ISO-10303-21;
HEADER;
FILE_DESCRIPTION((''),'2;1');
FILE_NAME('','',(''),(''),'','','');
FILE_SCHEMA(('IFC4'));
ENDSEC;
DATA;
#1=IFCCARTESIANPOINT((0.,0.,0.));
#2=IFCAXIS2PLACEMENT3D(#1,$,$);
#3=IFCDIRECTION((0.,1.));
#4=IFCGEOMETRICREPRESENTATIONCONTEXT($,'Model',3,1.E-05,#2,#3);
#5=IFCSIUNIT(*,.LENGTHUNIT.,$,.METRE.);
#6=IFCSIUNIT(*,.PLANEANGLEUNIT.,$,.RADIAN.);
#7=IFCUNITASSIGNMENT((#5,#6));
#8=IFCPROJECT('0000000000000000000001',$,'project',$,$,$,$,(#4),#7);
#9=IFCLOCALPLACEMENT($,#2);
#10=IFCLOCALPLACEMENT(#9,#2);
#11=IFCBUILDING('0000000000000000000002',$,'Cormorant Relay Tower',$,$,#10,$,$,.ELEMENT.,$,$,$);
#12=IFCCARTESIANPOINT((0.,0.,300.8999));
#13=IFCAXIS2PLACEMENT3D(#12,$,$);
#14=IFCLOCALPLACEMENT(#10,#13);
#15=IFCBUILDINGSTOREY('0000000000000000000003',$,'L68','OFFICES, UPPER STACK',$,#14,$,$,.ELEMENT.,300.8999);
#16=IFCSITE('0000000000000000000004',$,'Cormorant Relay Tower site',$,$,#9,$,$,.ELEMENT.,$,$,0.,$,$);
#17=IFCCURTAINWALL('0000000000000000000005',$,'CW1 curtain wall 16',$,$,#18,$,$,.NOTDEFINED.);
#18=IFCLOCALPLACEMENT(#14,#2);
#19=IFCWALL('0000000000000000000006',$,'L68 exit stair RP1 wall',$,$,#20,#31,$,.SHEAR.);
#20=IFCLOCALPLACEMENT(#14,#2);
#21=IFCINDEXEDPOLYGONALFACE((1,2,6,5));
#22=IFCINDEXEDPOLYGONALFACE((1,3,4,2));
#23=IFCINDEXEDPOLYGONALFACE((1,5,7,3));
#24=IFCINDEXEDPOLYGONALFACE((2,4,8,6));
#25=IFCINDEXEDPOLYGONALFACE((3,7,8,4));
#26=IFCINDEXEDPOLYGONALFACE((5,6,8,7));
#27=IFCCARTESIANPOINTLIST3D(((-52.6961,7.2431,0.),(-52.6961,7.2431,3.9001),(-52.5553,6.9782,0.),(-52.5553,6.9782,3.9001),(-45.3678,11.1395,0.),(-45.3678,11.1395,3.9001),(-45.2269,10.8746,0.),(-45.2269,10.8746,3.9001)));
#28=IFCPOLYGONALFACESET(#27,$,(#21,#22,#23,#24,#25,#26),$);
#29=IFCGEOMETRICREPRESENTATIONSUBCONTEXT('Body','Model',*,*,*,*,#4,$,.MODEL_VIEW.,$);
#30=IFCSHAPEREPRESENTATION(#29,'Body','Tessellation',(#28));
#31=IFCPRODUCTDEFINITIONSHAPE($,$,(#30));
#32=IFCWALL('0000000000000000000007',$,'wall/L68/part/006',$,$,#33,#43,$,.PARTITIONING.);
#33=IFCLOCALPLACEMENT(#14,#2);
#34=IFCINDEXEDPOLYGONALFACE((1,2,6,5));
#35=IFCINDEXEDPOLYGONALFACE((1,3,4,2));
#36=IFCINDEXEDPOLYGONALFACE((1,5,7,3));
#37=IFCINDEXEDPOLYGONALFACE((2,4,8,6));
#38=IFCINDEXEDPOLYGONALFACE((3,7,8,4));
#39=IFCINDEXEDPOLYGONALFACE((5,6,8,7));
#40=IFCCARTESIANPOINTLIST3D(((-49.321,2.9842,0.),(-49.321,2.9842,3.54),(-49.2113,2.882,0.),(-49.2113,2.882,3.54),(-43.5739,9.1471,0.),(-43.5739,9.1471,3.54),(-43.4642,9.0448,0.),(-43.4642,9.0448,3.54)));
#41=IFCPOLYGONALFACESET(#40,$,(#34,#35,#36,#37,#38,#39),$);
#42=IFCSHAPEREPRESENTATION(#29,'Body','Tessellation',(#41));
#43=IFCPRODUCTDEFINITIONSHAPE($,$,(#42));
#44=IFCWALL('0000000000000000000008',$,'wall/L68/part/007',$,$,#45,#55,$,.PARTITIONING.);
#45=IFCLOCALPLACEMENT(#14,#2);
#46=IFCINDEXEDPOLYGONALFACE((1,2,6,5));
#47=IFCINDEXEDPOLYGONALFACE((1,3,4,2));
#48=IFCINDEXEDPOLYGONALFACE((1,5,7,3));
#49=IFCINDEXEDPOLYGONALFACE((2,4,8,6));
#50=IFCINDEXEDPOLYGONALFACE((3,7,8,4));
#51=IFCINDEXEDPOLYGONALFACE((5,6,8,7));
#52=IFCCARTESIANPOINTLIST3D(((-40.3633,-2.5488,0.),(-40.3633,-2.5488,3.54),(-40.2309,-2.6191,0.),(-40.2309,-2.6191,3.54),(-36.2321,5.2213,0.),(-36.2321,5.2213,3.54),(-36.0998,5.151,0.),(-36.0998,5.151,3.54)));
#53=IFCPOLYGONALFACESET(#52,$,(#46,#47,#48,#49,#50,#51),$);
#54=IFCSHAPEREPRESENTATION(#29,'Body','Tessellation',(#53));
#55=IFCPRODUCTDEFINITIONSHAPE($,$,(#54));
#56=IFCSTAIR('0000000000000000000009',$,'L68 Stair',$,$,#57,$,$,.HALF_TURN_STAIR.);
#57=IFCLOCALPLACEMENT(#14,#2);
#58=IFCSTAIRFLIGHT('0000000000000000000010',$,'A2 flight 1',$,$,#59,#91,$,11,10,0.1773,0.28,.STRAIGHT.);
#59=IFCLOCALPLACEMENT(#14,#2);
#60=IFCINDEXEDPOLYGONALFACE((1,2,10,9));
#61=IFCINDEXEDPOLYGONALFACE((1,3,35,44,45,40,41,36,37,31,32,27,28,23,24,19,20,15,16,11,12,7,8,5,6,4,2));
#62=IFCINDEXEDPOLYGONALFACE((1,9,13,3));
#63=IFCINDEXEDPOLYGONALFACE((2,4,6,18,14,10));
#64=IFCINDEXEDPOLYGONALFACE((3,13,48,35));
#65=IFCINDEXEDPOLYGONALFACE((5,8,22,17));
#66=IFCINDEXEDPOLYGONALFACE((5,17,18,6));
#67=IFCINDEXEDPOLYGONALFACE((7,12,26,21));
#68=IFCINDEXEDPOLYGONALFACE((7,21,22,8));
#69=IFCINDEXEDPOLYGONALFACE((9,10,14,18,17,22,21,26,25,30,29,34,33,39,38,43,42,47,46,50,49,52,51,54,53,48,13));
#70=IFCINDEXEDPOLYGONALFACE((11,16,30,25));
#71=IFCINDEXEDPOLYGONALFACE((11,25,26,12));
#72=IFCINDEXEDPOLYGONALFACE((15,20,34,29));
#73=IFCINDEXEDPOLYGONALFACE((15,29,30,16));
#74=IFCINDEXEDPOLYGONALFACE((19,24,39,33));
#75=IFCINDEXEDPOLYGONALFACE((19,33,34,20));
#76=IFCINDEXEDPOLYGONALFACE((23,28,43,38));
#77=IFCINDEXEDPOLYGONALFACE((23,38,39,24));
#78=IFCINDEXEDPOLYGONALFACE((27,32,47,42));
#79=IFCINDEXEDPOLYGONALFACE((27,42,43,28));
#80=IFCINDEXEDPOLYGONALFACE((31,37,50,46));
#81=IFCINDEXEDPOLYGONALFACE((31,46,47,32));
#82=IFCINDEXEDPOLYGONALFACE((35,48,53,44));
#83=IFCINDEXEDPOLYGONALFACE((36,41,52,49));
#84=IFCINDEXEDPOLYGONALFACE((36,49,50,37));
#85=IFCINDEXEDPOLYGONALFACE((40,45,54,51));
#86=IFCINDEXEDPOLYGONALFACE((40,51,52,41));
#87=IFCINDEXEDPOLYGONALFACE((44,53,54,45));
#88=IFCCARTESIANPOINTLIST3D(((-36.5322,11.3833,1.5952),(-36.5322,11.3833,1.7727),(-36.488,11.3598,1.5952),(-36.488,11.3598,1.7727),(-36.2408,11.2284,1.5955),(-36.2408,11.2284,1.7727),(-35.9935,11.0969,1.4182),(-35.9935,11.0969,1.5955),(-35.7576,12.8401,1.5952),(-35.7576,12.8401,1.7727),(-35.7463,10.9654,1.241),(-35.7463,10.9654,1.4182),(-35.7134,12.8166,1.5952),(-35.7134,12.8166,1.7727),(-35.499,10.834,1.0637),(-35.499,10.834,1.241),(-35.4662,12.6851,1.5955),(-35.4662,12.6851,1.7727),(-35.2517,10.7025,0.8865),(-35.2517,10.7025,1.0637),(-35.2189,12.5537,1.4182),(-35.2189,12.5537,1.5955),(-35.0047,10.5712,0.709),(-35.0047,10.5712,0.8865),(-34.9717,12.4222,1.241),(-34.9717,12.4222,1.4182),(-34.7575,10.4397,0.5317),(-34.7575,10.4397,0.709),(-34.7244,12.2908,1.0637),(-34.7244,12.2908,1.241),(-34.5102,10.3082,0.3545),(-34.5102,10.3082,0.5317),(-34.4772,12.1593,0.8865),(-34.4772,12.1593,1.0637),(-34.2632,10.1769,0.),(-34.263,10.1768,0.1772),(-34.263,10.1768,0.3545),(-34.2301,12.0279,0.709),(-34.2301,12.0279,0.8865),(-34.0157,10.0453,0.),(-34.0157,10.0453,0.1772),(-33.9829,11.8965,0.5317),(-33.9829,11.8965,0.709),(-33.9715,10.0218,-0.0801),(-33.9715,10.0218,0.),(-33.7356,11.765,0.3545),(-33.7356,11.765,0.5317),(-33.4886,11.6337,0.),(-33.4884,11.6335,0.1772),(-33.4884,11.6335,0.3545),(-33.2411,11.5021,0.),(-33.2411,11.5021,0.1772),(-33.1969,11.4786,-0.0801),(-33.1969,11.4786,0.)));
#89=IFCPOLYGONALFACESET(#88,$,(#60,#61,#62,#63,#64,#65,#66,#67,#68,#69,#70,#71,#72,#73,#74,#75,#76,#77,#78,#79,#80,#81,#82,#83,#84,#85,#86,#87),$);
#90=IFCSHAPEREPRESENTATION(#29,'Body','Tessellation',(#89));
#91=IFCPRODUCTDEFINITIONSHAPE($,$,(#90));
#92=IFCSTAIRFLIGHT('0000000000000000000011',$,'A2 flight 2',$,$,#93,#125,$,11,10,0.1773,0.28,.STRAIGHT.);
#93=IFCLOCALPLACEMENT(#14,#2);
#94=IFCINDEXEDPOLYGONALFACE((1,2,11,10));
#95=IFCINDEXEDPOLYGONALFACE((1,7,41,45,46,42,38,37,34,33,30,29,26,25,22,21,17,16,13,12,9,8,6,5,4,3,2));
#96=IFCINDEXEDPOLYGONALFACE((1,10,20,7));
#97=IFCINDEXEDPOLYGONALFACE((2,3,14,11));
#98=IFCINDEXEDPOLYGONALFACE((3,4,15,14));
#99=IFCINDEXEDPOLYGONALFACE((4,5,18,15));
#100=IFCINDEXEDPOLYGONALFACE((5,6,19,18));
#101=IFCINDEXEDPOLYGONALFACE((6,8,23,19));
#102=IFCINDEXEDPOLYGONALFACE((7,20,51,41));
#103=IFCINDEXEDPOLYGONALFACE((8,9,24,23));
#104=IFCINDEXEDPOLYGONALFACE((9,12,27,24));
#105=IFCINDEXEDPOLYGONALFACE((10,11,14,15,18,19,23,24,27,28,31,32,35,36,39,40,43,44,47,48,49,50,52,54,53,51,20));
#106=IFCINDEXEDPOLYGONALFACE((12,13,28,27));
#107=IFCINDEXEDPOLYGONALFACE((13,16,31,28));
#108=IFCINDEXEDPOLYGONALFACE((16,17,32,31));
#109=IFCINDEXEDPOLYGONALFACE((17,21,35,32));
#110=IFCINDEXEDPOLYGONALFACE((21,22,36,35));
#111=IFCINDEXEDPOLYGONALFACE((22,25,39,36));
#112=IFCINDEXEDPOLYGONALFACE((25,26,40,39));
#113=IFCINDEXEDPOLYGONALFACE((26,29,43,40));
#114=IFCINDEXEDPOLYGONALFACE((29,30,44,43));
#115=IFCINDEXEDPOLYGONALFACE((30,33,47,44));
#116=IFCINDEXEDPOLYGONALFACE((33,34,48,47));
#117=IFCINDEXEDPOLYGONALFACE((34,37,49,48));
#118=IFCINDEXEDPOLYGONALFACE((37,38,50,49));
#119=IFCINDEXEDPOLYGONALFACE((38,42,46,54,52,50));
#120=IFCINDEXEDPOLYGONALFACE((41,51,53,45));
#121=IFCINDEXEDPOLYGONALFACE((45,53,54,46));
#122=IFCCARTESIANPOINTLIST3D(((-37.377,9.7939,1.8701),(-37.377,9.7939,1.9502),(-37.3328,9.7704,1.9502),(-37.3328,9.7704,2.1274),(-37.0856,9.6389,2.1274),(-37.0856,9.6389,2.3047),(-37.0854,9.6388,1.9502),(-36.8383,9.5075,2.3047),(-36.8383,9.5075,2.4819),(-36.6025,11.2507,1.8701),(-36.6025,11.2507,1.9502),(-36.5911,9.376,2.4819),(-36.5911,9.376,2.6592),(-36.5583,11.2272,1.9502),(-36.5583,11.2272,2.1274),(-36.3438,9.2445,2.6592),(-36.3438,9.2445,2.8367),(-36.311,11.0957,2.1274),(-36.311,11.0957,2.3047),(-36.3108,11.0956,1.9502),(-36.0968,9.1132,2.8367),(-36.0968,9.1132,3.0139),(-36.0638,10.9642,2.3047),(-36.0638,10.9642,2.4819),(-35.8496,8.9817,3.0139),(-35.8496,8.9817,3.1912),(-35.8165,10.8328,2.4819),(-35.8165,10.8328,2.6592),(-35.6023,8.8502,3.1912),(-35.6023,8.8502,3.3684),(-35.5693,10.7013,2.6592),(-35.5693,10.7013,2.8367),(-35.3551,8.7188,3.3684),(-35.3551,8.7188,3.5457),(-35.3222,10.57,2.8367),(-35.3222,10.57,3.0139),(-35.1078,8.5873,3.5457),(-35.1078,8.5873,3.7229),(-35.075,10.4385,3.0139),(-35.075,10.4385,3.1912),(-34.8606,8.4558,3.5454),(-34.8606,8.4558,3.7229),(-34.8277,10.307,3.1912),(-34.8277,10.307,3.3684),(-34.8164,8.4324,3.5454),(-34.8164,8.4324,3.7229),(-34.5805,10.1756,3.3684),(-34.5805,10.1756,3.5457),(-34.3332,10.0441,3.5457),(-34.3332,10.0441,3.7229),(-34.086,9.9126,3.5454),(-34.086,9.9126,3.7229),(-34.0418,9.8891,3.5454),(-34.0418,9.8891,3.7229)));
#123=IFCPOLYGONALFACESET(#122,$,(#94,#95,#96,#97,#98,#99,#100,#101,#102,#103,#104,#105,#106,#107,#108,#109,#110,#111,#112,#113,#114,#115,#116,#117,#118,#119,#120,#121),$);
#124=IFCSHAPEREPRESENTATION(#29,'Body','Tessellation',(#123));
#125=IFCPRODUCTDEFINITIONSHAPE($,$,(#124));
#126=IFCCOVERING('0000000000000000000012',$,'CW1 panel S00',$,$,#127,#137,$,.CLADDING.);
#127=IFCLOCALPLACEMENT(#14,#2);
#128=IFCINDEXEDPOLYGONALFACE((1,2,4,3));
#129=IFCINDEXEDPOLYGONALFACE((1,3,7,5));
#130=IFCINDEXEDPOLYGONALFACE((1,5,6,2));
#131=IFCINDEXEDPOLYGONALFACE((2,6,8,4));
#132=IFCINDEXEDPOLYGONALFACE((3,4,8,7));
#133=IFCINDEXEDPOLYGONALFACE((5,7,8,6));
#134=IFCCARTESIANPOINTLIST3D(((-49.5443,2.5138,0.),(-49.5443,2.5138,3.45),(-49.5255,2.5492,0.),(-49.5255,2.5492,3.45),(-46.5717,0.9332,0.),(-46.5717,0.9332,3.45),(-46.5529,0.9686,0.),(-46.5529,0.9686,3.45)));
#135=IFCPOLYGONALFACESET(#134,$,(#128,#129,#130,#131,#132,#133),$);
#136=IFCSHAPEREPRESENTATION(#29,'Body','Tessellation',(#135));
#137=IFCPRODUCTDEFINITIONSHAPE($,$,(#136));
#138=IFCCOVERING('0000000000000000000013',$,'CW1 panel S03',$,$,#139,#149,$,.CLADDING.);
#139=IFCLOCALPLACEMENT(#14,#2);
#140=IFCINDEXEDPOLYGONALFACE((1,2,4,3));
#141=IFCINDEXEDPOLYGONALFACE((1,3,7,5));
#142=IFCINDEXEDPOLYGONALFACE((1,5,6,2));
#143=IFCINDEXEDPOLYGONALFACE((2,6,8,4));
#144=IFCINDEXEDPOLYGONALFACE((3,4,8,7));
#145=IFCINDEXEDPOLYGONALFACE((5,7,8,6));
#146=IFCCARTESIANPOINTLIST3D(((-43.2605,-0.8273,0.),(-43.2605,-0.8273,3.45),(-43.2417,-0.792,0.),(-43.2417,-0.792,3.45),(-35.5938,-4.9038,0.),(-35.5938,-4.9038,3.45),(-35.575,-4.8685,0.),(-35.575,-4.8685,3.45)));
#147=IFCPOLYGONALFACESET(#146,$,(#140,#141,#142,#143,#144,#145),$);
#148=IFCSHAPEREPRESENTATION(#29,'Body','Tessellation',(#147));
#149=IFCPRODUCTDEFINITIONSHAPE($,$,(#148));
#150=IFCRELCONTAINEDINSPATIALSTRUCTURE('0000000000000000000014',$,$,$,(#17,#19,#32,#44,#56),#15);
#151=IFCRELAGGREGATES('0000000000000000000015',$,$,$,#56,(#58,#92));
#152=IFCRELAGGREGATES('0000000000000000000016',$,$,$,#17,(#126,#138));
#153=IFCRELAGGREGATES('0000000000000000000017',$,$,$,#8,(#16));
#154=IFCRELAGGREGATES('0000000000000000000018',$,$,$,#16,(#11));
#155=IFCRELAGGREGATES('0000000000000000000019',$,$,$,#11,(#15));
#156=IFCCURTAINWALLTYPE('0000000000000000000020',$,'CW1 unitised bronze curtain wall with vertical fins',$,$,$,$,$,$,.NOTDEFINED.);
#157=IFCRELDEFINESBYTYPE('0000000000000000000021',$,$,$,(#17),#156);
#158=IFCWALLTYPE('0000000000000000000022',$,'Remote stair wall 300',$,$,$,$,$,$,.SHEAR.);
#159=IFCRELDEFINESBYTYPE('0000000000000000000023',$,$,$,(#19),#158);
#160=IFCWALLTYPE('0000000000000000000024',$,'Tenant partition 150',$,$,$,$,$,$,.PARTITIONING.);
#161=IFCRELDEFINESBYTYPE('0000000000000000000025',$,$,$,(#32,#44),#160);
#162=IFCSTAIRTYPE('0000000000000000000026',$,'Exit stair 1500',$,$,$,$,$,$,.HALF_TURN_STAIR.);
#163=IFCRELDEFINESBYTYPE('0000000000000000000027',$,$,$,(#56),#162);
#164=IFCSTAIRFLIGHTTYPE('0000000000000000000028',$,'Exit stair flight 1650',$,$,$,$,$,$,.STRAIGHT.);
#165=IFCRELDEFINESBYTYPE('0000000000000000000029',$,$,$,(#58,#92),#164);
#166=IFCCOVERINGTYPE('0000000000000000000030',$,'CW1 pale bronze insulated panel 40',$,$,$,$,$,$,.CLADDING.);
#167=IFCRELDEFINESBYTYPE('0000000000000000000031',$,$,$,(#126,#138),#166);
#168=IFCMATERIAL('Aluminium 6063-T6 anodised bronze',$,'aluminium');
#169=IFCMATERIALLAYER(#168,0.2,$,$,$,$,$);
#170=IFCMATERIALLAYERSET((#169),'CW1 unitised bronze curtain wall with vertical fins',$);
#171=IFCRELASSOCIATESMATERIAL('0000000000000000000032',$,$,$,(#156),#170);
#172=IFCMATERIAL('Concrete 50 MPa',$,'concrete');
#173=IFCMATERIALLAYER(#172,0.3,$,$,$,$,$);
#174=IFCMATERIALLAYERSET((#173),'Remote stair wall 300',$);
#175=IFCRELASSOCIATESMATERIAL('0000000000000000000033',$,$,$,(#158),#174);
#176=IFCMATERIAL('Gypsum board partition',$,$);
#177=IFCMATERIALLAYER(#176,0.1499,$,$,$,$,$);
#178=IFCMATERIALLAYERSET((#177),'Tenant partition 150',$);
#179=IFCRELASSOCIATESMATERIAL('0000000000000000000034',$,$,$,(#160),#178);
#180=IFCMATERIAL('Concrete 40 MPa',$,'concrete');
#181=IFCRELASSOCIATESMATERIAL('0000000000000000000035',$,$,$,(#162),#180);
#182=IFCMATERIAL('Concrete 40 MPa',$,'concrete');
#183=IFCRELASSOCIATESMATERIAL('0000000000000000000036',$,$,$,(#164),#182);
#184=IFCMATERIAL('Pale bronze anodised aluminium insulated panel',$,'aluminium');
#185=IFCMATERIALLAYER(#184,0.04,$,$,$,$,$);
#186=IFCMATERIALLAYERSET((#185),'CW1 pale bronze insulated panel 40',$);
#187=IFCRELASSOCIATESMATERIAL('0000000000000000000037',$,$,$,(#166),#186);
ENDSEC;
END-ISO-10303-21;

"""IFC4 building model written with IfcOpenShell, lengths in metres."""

from ifc_helpers import new_model, si_unit, direction, frame, frame_2d, origin, origin_2d, place, context, subcontext, project, spatial, polyline, rectangle, outline, extrude, material, layer, layer_set, type_object, element, aggregate, save


model = new_model("IFC4")

# Units and contexts
model_context = context("Model", 3, precision=1e-05, world=origin(), true_north=direction((0.0, 1.0)))
body_context = subcontext(model_context, "Body", "Model", "MODEL_VIEW")
ifc_project = project(units=[si_unit("LENGTHUNIT", "METRE"), si_unit("PLANEANGLEUNIT", "RADIAN")], contexts=[model_context])

# Site, building, storey
site_placement = place(None, origin())
site = spatial("IfcSite", under=ifc_project, at=site_placement, Name="Cormorant Relay Tower site", CompositionType="ELEMENT", RefElevation=0.0)
building_placement = place(site_placement, origin())
building = spatial("IfcBuilding", under=site, at=building_placement, Name="Cormorant Relay Tower", CompositionType="ELEMENT")
storey_placement = place(building_placement, frame((0.0, 0.0, 300.8999)))
storey = spatial("IfcBuildingStorey", under=building, at=storey_placement, Name="L68", Description="OFFICES, UPPER STACK", CompositionType="ELEMENT", Elevation=300.8999)

# Curtain wall
ifc_material_1 = material(Name="Aluminium 6063-T6 anodised bronze", Category="aluminium")
ifc_layer_1 = layer(ifc_material_1, 0.2)
ifc_layer_set_1 = layer_set([ifc_layer_1], Name="CW1 unitised bronze curtain wall with vertical fins")
curtain_wall_type = type_object("IfcCurtainWallType", Name="CW1 unitised bronze curtain wall with vertical fins", PredefinedType="NOTDEFINED", material=ifc_layer_set_1)
curtain_wall_placement = place(storey_placement, origin())
curtain_wall = element("IfcCurtainWall", 1, at=curtain_wall_placement, inside=storey, type_object=curtain_wall_type, Name="CW1 curtain wall 16", PredefinedType="NOTDEFINED")

# Walls
ifc_material_2 = material(Name="Concrete 50 MPa", Category="concrete")
ifc_layer_2 = layer(ifc_material_2, 0.3)
ifc_layer_set_2 = layer_set([ifc_layer_2], Name="Remote stair wall 300")
wall_type_1 = type_object("IfcWallType", Name="Remote stair wall 300", PredefinedType="SHEAR", material=ifc_layer_set_2)
wall_1_placement = place(storey_placement, frame((-45.2974, 11.0071, 0.0), z_axis=(0.0, 0.0, 1.0), x_axis=(-0.882952, -0.469464, 0.0)))
element("IfcWall", 2, at=wall_1_placement, inside=storey, type_object=wall_type_1, Name="L68 exit stair RP1 wall", PredefinedType="SHEAR", context=body_context, shape_type="SweptSolid", body=[
    extrude(rectangle(XDim=8.2998, YDim=0.3, at=frame_2d((4.1499, 0.0))), origin(), (0.0, 0.0, 1.0), 3.9001),
])
ifc_material_3 = material(Name="Gypsum board partition")
ifc_layer_3 = layer(ifc_material_3, 0.1499)
ifc_layer_set_3 = layer_set([ifc_layer_3], Name="Tenant partition 150")
wall_type_2 = type_object("IfcWallType", Name="Tenant partition 150", PredefinedType="PARTITIONING", material=ifc_layer_set_3)
wall_2_placement = place(storey_placement, frame((-43.519, 9.0959, 0.0), z_axis=(0.0, 0.0, 1.0), x_axis=(-0.682006, -0.731346, 0.0)))
element("IfcWall", 3, at=wall_2_placement, inside=storey, type_object=wall_type_2, Name="wall/L68/part/006", PredefinedType="PARTITIONING", context=body_context, shape_type="SweptSolid", body=[
    extrude(rectangle(XDim=8.4268, YDim=0.1499, at=frame_2d((4.2134, 0.0))), origin(), (0.0, 0.0, 1.0), 3.54),
])
wall_3_placement = place(storey_placement, frame((-36.166, 5.186, 0.0), z_axis=(0.0, 0.0, 1.0), x_axis=(-0.469446, -0.882961, 0.0)))
element("IfcWall", 4, at=wall_3_placement, inside=storey, type_object=wall_type_2, Name="wall/L68/part/007", PredefinedType="PARTITIONING", context=body_context, shape_type="SweptSolid", body=[
    extrude(rectangle(XDim=8.8, YDim=0.1499, at=frame_2d((4.3999, 0.0))), origin(), (0.0, 0.0, 1.0), 3.54),
])

# Stair, stair flights
ifc_material_4 = material(Name="Concrete 40 MPa", Category="concrete")
stair_type = type_object("IfcStairType", Name="Exit stair 1500", PredefinedType="HALF_TURN_STAIR", material=ifc_material_4)
stair_placement = place(storey_placement, origin())
stair = element("IfcStair", 5, at=stair_placement, inside=storey, type_object=stair_type, Name="L68 Stair", PredefinedType="HALF_TURN_STAIR")
ifc_material_5 = material(Name="Concrete 40 MPa", Category="concrete")
stair_flight_type = type_object("IfcStairFlightType", Name="Exit stair flight 1650", PredefinedType="STRAIGHT", material=ifc_material_5)
stair_flight_1_placement = place(storey_placement, frame((-33.6284, 10.7737, 0.0), z_axis=(0.0, 0.0, 1.0), x_axis=(-0.882948, 0.469472, 0.0)))
stair_flight_1 = element("IfcStairFlight", 6, at=stair_flight_1_placement, type_object=stair_flight_type, Name="A2 flight 1", NumberOfRisers=11, NumberOfTreads=10, PredefinedType="STRAIGHT", RiserHeight=0.1773, TreadLength=0.28, context=body_context, shape_type="SweptSolid", body=[
    extrude(outline(polyline([(-0.05, -0.0801), (-0.05, 0.0), (0.0, 0.0), (0.0, 0.1772), (0.28, 0.1772), (0.28, 0.3545), (0.5601, 0.3545), (0.5601, 0.5317), (0.8401, 0.5317), (0.8401, 0.709), (1.1201, 0.709), (1.1201, 0.8865), (1.3999, 0.8865), (1.3999, 1.0637), (1.6799, 1.0637), (1.6799, 1.241), (1.96, 1.241), (1.96, 1.4182), (2.24, 1.4182), (2.24, 1.5955), (2.52, 1.5955), (2.52, 1.7727), (2.8, 1.7727), (2.8501, 1.7727), (2.8501, 1.5952), (2.8, 1.5952), (0.2803, 0.0), (-0.05, -0.0801)])), frame((0.0, 0.825, 0.0), z_axis=(0.0, -1.0, 0.0), x_axis=(1.0, 0.0, 0.0)), (0.0, 0.0, 1.0), 1.6499),
])
stair_flight_2_placement = place(storey_placement, frame((-36.9456, 10.4988, 1.9502), z_axis=(0.0, 0.0, 1.0), x_axis=(0.882948, -0.469472, 0.0)))
stair_flight_2 = element("IfcStairFlight", 7, at=stair_flight_2_placement, type_object=stair_flight_type, Name="A2 flight 2", NumberOfRisers=11, NumberOfTreads=10, PredefinedType="STRAIGHT", RiserHeight=0.1773, TreadLength=0.28, context=body_context, shape_type="SweptSolid", body=[
    extrude(outline(polyline([(-0.05, -0.0801), (-0.05, 0.0), (0.0, 0.0), (0.0, 0.1772), (0.28, 0.1772), (0.28, 0.3545), (0.5601, 0.3545), (0.5601, 0.5317), (0.8401, 0.5317), (0.8401, 0.709), (1.1201, 0.709), (1.1201, 0.8865), (1.3999, 0.8865), (1.3999, 1.0637), (1.6799, 1.0637), (1.6799, 1.241), (1.96, 1.241), (1.96, 1.4182), (2.24, 1.4182), (2.24, 1.5955), (2.52, 1.5955), (2.52, 1.7727), (2.8, 1.7727), (2.8501, 1.7727), (2.8501, 1.5952), (2.8, 1.5952), (0.2803, 0.0), (-0.05, -0.0801)])), frame((0.0, 0.825, 0.0), z_axis=(0.0, -1.0, 0.0), x_axis=(1.0, 0.0, 0.0)), (0.0, 0.0, 1.0), 1.6499),
])
aggregate(stair, [stair_flight_1, stair_flight_2])

# Coverings
ifc_material_6 = material(Name="Pale bronze anodised aluminium insulated panel", Category="aluminium")
ifc_layer_4 = layer(ifc_material_6, 0.04)
ifc_layer_set_4 = layer_set([ifc_layer_4], Name="CW1 pale bronze insulated panel 40")
covering_type = type_object("IfcCoveringType", Name="CW1 pale bronze insulated panel 40", PredefinedType="CLADDING", material=ifc_layer_set_4)
covering_1_placement = place(storey_placement, frame((-48.0486, 1.7412, 0.0), z_axis=(0.0, 0.0, 1.0), x_axis=(0.882948, -0.469472, 0.0)))
covering_1 = element("IfcCovering", 8, at=covering_1_placement, type_object=covering_type, Name="CW1 panel S00", PredefinedType="CLADDING", context=body_context, shape_type="SweptSolid", body=[
    extrude(rectangle(XDim=3.3667, YDim=0.04, at=origin_2d()), origin(), (0.0, 0.0, 1.0), 3.45),
])
covering_2_placement = place(storey_placement, frame((-39.4177, -2.8479, 0.0), z_axis=(0.0, 0.0, 1.0), x_axis=(0.882948, -0.469472, 0.0)))
covering_2 = element("IfcCovering", 9, at=covering_2_placement, type_object=covering_type, Name="CW1 panel S03", PredefinedType="CLADDING", context=body_context, shape_type="SweptSolid", body=[
    extrude(rectangle(XDim=8.6831, YDim=0.04, at=origin_2d()), origin(), (0.0, 0.0, 1.0), 3.45),
])
aggregate(curtain_wall, [covering_1, covering_2])

save(model, "model.ifc")
